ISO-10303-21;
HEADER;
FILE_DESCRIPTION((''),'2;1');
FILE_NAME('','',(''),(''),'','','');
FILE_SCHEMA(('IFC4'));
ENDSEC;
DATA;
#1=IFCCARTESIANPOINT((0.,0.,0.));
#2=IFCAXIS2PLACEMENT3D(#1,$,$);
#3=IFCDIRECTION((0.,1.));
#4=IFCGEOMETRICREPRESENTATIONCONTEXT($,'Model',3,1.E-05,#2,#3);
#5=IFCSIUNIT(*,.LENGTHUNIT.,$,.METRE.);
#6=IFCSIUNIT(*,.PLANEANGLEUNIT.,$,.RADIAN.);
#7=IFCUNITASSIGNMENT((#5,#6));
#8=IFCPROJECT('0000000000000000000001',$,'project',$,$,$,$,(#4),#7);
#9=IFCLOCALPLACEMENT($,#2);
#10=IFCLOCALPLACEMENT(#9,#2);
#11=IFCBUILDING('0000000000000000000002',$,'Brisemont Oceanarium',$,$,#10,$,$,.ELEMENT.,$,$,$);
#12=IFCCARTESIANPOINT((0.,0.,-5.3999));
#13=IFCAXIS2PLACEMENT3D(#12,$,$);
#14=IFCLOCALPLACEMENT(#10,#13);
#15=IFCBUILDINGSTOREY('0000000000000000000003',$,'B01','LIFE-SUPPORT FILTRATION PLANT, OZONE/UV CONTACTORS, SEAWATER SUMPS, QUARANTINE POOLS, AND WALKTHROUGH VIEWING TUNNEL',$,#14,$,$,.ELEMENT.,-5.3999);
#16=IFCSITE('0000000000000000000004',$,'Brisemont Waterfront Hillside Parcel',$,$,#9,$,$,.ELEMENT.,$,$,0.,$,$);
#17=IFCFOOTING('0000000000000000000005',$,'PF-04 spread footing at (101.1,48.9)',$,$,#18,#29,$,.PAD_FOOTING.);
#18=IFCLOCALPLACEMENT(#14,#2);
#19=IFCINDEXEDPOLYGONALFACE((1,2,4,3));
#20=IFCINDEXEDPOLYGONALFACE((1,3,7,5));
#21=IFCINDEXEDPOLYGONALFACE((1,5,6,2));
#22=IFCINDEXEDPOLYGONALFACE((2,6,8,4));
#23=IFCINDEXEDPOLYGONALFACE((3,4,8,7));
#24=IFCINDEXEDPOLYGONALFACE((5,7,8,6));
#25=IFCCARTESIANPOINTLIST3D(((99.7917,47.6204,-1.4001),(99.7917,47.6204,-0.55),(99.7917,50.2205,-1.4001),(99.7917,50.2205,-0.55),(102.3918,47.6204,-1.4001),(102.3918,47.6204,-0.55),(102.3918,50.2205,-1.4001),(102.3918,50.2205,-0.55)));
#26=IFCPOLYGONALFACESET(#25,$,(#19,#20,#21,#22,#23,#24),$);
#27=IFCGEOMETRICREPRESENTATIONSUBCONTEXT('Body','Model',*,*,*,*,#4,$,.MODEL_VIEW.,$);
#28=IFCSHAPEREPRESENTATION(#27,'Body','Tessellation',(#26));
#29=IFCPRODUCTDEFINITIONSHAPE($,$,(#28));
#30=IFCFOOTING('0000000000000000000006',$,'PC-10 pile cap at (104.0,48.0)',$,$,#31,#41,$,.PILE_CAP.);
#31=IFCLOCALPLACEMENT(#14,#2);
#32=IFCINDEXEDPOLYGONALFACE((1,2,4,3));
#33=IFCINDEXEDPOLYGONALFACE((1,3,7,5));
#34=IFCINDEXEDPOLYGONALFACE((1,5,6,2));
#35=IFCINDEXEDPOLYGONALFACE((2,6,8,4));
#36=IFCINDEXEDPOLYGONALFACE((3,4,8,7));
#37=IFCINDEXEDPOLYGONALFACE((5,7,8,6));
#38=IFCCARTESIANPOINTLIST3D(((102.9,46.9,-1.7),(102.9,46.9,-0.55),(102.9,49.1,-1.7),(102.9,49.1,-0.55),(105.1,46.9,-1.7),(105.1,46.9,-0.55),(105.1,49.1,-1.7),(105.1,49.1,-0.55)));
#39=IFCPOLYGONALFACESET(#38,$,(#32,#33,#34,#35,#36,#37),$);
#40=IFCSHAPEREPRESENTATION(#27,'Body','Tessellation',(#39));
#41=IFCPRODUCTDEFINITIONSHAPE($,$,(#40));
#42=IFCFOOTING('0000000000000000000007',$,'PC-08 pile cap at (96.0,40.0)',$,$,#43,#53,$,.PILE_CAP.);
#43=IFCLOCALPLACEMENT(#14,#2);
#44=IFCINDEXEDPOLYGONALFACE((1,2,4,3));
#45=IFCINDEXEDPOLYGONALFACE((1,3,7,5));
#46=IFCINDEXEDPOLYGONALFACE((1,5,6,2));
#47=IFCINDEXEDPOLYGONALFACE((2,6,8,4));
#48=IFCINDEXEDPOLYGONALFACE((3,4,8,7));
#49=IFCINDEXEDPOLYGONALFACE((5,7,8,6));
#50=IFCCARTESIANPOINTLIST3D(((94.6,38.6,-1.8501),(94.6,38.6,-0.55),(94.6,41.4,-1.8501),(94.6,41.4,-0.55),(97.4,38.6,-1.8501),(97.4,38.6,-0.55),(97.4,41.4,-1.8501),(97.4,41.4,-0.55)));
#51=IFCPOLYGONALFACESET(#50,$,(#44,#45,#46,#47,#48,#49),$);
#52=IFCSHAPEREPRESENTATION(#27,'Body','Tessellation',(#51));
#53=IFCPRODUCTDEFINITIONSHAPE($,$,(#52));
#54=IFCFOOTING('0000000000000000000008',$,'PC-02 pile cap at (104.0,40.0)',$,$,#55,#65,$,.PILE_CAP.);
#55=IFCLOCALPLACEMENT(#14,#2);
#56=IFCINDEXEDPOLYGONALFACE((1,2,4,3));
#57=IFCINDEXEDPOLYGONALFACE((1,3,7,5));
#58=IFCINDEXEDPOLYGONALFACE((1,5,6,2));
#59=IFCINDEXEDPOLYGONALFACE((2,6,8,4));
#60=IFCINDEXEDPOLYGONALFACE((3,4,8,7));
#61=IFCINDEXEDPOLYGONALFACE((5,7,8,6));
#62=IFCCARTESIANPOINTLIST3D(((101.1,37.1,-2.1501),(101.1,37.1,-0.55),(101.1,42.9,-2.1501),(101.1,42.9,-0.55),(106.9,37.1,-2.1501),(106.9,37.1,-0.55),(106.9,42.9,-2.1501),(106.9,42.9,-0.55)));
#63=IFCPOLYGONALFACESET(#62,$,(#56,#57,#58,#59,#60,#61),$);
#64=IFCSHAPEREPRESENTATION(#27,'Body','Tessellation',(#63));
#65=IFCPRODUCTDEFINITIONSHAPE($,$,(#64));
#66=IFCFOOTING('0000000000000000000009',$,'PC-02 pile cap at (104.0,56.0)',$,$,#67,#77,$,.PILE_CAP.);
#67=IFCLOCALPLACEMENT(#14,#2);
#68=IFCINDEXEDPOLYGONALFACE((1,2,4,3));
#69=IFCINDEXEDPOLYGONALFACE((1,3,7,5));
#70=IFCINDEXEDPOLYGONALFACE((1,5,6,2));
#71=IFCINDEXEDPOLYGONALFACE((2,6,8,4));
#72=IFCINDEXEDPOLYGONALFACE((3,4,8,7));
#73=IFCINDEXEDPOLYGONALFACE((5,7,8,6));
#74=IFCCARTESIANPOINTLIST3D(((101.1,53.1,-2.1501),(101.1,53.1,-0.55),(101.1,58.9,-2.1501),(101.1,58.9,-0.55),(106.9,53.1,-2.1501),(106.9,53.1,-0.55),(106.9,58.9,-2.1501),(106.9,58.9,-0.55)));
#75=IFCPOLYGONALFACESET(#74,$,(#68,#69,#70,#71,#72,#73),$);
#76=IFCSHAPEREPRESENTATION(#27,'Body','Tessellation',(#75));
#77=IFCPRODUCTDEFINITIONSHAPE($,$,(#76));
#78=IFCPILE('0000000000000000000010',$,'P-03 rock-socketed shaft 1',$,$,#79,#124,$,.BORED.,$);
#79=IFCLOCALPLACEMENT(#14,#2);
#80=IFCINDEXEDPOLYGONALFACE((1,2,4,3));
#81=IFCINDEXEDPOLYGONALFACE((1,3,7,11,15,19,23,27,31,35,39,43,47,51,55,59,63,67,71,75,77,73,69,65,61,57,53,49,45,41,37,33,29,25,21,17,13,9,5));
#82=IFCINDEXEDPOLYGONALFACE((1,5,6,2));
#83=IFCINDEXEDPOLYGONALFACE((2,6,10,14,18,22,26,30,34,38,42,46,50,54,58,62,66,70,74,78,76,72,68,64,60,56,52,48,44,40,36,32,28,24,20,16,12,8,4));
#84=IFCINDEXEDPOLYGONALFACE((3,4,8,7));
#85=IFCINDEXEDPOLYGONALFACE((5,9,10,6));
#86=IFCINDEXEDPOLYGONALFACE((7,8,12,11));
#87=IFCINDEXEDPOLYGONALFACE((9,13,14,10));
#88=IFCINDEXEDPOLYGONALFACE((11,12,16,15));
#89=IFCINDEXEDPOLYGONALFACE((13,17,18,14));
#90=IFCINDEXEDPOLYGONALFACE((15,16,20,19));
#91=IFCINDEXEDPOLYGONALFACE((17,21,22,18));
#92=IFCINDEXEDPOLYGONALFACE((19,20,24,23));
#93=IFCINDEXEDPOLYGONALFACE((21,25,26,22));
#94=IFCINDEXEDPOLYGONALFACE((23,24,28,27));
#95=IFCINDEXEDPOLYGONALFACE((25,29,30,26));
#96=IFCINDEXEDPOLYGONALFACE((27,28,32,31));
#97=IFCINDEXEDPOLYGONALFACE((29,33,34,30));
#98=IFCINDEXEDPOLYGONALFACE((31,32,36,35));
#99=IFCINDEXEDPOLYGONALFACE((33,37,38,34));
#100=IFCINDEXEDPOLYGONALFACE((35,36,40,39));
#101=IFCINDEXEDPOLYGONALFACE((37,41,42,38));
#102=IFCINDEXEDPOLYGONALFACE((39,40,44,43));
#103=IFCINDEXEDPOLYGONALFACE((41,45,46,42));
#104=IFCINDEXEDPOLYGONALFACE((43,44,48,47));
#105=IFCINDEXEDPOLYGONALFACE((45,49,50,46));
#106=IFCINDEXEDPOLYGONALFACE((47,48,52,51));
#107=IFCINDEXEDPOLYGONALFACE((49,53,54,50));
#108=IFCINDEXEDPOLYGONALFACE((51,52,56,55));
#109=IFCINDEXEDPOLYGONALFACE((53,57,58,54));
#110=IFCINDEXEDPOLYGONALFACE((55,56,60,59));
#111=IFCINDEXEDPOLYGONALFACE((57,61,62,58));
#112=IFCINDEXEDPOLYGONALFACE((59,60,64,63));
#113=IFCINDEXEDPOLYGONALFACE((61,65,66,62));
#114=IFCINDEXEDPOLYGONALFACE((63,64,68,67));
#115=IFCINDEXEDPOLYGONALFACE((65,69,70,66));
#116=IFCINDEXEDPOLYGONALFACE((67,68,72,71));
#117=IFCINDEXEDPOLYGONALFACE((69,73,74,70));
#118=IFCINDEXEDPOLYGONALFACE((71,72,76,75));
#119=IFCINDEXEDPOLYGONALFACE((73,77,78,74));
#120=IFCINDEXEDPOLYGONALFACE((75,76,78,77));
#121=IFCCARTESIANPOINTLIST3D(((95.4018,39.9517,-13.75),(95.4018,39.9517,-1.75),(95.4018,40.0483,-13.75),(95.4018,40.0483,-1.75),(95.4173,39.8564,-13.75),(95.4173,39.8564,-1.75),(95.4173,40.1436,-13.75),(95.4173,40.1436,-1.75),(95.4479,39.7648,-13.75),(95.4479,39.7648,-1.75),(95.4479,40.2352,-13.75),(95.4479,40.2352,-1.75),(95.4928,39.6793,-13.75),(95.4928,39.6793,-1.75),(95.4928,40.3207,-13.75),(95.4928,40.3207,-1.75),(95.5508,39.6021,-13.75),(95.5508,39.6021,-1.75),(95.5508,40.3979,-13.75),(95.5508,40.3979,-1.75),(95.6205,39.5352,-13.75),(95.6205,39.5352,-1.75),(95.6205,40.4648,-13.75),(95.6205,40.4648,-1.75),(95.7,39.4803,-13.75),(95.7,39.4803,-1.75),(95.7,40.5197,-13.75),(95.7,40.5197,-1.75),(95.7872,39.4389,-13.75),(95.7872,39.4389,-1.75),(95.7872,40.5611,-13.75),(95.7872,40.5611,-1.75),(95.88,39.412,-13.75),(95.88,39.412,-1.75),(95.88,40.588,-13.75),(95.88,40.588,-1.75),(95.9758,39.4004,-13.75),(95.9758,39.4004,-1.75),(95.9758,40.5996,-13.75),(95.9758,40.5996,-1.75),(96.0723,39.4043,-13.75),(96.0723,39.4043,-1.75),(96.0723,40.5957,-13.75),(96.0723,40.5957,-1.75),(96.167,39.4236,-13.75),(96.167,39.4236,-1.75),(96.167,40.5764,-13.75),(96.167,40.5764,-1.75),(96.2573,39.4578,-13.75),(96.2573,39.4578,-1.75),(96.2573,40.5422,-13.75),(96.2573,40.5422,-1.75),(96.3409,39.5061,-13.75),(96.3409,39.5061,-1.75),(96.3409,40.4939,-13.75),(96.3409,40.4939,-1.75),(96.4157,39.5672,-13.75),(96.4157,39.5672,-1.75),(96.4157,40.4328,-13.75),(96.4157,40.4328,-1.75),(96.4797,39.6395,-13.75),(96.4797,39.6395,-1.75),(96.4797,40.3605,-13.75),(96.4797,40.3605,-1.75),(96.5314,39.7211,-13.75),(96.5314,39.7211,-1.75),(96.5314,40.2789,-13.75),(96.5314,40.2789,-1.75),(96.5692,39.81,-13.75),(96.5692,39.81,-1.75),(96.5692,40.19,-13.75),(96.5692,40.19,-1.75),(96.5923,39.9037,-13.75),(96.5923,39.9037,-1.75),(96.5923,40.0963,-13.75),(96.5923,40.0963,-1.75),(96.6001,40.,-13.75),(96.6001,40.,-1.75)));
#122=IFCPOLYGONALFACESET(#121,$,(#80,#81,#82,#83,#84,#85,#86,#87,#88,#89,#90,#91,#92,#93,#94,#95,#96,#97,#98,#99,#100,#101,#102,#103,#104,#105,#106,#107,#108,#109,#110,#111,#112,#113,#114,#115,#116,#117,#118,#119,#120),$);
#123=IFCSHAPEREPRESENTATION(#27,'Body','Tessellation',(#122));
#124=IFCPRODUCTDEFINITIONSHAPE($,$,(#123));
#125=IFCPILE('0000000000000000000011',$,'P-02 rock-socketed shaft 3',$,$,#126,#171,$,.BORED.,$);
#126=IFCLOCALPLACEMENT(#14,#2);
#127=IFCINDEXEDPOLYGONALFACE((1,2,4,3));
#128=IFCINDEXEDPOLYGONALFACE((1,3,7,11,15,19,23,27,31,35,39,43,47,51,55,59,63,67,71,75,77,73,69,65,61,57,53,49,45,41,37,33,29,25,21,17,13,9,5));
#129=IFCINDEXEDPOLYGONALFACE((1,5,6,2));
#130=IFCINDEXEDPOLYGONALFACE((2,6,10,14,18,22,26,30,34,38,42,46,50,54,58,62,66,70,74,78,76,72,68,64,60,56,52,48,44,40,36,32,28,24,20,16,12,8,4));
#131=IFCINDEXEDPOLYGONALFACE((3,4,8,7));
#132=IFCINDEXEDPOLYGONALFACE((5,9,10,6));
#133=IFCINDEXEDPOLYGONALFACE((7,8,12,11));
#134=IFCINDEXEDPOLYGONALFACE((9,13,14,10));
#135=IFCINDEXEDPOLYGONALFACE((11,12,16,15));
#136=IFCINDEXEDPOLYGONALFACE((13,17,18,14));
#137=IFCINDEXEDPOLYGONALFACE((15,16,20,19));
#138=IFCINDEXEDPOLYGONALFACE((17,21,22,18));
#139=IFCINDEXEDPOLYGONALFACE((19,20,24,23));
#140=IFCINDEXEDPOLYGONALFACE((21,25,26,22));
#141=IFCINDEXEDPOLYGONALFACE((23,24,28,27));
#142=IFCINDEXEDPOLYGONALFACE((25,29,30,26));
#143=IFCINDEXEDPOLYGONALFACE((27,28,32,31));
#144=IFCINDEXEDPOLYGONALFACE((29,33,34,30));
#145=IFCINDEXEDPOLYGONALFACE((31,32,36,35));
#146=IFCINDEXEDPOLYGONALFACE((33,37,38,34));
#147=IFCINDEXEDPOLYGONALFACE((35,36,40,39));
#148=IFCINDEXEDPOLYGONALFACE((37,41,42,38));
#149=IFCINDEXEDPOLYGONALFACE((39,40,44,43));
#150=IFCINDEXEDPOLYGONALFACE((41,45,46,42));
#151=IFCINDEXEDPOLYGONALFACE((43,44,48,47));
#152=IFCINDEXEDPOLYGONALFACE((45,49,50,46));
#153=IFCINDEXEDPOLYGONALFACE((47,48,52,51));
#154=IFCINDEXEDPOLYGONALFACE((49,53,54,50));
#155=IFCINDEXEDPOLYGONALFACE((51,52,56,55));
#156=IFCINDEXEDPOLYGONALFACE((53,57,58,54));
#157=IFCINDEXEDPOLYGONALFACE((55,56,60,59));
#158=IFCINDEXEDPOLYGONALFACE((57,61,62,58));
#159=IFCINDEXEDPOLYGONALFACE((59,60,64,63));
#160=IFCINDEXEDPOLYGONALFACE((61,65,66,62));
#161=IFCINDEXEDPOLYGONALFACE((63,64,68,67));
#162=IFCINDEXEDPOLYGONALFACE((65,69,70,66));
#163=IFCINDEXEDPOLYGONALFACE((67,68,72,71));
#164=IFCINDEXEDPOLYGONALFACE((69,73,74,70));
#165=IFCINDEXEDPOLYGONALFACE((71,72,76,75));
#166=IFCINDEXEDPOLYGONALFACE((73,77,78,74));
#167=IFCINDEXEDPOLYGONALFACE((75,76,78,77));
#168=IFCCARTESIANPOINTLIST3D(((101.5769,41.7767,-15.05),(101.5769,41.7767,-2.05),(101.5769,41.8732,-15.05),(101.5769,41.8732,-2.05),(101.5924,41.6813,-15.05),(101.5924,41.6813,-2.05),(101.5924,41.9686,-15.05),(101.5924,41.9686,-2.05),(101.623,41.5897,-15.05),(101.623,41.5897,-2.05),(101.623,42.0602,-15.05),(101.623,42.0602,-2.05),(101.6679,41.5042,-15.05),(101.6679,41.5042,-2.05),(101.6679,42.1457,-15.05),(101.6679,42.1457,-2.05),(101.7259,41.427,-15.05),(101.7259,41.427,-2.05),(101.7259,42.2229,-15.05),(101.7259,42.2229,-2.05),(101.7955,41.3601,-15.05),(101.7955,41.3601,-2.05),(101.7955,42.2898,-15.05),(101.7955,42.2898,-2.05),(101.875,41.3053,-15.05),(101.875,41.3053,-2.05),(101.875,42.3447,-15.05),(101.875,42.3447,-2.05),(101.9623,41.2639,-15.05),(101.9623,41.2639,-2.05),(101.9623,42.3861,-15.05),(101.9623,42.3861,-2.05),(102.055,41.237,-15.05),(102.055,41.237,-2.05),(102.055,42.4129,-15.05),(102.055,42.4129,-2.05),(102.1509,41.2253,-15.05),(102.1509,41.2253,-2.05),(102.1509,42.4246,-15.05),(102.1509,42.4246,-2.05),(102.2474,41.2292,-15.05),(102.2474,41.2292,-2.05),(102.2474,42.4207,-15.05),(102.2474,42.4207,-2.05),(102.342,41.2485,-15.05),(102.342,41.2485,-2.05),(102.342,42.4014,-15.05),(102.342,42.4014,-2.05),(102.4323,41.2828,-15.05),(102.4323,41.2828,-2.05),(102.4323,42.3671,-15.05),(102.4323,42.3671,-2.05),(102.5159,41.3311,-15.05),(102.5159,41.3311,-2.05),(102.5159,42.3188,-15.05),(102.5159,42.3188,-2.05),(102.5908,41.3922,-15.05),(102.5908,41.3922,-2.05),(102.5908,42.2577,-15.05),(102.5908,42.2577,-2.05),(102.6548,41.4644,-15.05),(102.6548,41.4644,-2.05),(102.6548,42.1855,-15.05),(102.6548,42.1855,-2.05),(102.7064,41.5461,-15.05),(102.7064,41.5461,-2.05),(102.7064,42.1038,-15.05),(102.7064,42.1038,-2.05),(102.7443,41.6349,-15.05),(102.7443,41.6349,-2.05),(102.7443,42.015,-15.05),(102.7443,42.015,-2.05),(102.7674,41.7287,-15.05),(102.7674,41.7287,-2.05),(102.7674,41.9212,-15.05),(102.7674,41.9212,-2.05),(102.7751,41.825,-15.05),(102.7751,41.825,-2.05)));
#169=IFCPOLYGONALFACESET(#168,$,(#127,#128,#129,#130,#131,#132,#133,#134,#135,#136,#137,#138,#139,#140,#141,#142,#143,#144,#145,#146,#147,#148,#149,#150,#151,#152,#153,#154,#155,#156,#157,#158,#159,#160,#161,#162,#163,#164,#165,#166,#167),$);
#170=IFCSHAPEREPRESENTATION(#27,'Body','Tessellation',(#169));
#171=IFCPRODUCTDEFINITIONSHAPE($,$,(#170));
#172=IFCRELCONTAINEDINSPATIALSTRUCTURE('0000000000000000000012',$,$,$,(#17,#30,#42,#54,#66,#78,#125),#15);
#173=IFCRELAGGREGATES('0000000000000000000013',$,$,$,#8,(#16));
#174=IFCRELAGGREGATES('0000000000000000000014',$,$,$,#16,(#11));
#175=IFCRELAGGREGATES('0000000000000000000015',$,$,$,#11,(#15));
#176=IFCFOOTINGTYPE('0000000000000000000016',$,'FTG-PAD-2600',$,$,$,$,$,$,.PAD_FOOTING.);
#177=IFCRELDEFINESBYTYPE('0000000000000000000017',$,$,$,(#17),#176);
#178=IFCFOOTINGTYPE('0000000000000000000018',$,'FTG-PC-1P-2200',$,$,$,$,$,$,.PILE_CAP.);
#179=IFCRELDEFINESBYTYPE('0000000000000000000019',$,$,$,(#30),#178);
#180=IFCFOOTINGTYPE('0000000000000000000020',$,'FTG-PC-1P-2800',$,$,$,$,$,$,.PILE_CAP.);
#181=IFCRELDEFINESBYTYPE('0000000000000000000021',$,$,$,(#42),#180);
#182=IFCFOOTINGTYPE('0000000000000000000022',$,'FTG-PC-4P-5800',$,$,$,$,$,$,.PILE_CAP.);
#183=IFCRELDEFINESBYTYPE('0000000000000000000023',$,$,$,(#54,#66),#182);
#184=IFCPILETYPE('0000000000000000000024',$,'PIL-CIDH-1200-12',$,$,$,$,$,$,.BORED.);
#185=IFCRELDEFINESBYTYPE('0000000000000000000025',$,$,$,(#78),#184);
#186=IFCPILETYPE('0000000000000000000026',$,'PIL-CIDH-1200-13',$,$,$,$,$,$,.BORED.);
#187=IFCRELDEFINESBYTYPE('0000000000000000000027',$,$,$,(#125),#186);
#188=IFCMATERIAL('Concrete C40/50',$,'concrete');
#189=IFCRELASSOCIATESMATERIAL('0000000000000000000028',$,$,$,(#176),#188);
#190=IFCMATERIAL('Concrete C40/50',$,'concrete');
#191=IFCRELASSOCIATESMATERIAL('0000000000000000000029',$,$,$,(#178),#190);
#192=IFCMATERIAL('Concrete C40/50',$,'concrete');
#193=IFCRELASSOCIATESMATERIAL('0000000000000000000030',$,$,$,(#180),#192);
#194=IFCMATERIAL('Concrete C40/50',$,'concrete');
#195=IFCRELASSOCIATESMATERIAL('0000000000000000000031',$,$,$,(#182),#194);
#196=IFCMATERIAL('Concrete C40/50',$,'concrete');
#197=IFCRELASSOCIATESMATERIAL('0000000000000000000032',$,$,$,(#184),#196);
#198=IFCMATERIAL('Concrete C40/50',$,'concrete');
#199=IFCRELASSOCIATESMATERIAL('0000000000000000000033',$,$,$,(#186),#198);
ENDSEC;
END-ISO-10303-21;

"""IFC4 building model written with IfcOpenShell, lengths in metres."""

from ifc_helpers import new_model, si_unit, direction, frame, origin, origin_2d, place, context, subcontext, project, spatial, rectangle, circle, extrude, material, material_profile, profile_set, type_object, element, save


model = new_model("IFC4")

# Units and contexts
model_context = context("Model", 3, precision=1e-05, world=origin(), true_north=direction((0.0, 1.0)))
body_context = subcontext(model_context, "Body", "Model", "MODEL_VIEW")
ifc_project = project(units=[si_unit("LENGTHUNIT", "METRE"), si_unit("PLANEANGLEUNIT", "RADIAN")], contexts=[model_context])

# Site, building, storey
site_placement = place(None, origin())
site = spatial("IfcSite", under=ifc_project, at=site_placement, Name="Brisemont Waterfront Hillside Parcel", CompositionType="ELEMENT", RefElevation=0.0)
building_placement = place(site_placement, origin())
building = spatial("IfcBuilding", under=site, at=building_placement, Name="Brisemont Oceanarium", CompositionType="ELEMENT")
storey_placement = place(building_placement, frame((0.0, 0.0, -5.3999)))
storey = spatial("IfcBuildingStorey", under=building, at=storey_placement, Name="B01", Description="LIFE-SUPPORT FILTRATION PLANT, OZONE/UV CONTACTORS, SEAWATER SUMPS, QUARANTINE POOLS, AND WALKTHROUGH VIEWING TUNNEL", CompositionType="ELEMENT", Elevation=-5.3999)

# Footings
ifc_material_1 = material(Name="Concrete C40/50", Category="concrete")
footing_type_1 = type_object("IfcFootingType", Name="FTG-PAD-2600", PredefinedType="PAD_FOOTING", material=ifc_material_1)
footing_1_placement = place(storey_placement, frame((101.0918, 48.9204, -1.4001), z_axis=(0.0, 0.0, 1.0), x_axis=(1.0, 0.0, 0.0)))
element("IfcFooting", 1, at=footing_1_placement, inside=storey, type_object=footing_type_1, Name="PF-04 spread footing at (101.1,48.9)", PredefinedType="PAD_FOOTING", context=body_context, shape_type="SweptSolid", body=[
    extrude(rectangle(XDim=2.6001, YDim=2.6001, at=origin_2d()), origin(), (0.0, 0.0, 1.0), 0.8501),
])
ifc_material_2 = material(Name="Concrete C40/50", Category="concrete")
footing_type_2 = type_object("IfcFootingType", Name="FTG-PC-1P-2200", PredefinedType="PILE_CAP", material=ifc_material_2)
footing_2_placement = place(storey_placement, frame((104.0, 48.0, -1.7), z_axis=(0.0, 0.0, 1.0), x_axis=(1.0, 0.0, 0.0)))
element("IfcFooting", 2, at=footing_2_placement, inside=storey, type_object=footing_type_2, Name="PC-10 pile cap at (104.0,48.0)", PredefinedType="PILE_CAP", context=body_context, shape_type="SweptSolid", body=[
    extrude(rectangle(XDim=2.2, YDim=2.2, at=origin_2d()), origin(), (0.0, 0.0, 1.0), 1.1499),
])
ifc_material_3 = material(Name="Concrete C40/50", Category="concrete")
footing_type_3 = type_object("IfcFootingType", Name="FTG-PC-1P-2800", PredefinedType="PILE_CAP", material=ifc_material_3)
footing_3_placement = place(storey_placement, frame((96.0, 40.0, -1.8501), z_axis=(0.0, 0.0, 1.0), x_axis=(1.0, 0.0, 0.0)))
element("IfcFooting", 3, at=footing_3_placement, inside=storey, type_object=footing_type_3, Name="PC-08 pile cap at (96.0,40.0)", PredefinedType="PILE_CAP", context=body_context, shape_type="SweptSolid", body=[
    extrude(rectangle(XDim=2.8, YDim=2.8, at=origin_2d()), origin(), (0.0, 0.0, 1.0), 1.3),
])
ifc_material_4 = material(Name="Concrete C40/50", Category="concrete")
footing_type_4 = type_object("IfcFootingType", Name="FTG-PC-4P-5800", PredefinedType="PILE_CAP", material=ifc_material_4)
for number, where, z_axis, x_axis, name in (
    (4, (104.0, 40.0, -2.1501), (0.0, 0.0, 1.0), (1.0, 0.0, 0.0), "PC-02 pile cap at (104.0,40.0)"),
    (5, (104.0, 56.0, -2.1501), (0.0, 0.0, 1.0), (1.0, 0.0, 0.0), "PC-02 pile cap at (104.0,56.0)"),
):
    element("IfcFooting", number, at=place(storey_placement, frame(where, z_axis=z_axis, x_axis=x_axis)), inside=storey, type_object=footing_type_4, Name=name, PredefinedType="PILE_CAP", context=body_context, shape_type="SweptSolid", body=[
        extrude(rectangle(XDim=5.8, YDim=5.8, at=origin_2d()), origin(), (0.0, 0.0, 1.0), 1.6001),
    ])

# Piles
ifc_material_5 = material(Name="Concrete C40/50", Category="concrete")
ifc_material_profile_1 = material_profile(ifc_material_5, circle(Radius=0.6001, at=origin_2d()), Name="CIDH-D1200")
ifc_profile_set_1 = profile_set([ifc_material_profile_1], Name="Concrete C40/50")
pile_type_1 = type_object("IfcPileType", Name="PIL-CIDH-1200-12", PredefinedType="BORED", material=ifc_profile_set_1)
pile_1_placement = place(storey_placement, frame((96.0, 40.0, -1.75), z_axis=(0.0, 0.0, -1.0), x_axis=(1.0, 0.0, 0.0)))
element("IfcPile", 6, at=pile_1_placement, inside=storey, type_object=pile_type_1, Name="P-03 rock-socketed shaft 1", PredefinedType="BORED", context=body_context, shape_type="SweptSolid", body=[
    extrude(circle(Radius=0.6001, at=origin_2d()), origin(), (0.0, 0.0, 1.0), 12.0),
])
ifc_material_6 = material(Name="Concrete C40/50", Category="concrete")
ifc_material_profile_2 = material_profile(ifc_material_6, circle(Radius=0.6001, at=origin_2d()), Name="CIDH-D1200")
ifc_profile_set_2 = profile_set([ifc_material_profile_2], Name="Concrete C40/50")
pile_type_2 = type_object("IfcPileType", Name="PIL-CIDH-1200-13", PredefinedType="BORED", material=ifc_profile_set_2)
for number, where, z_axis, x_axis, name in (
    (7, (102.175, 41.825, -2.05), (0.0, 0.0, -1.0), (1.0, 0.0, 0.0), "P-02 rock-socketed shaft 3"),
):
    element("IfcPile", number, at=place(storey_placement, frame(where, z_axis=z_axis, x_axis=x_axis)), inside=storey, type_object=pile_type_2, Name=name, PredefinedType="BORED", context=body_context, shape_type="SweptSolid", body=[
        extrude(circle(Radius=0.6001, at=origin_2d()), origin(), (0.0, 0.0, 1.0), 13.0),
    ])

save(model, "model.ifc")
